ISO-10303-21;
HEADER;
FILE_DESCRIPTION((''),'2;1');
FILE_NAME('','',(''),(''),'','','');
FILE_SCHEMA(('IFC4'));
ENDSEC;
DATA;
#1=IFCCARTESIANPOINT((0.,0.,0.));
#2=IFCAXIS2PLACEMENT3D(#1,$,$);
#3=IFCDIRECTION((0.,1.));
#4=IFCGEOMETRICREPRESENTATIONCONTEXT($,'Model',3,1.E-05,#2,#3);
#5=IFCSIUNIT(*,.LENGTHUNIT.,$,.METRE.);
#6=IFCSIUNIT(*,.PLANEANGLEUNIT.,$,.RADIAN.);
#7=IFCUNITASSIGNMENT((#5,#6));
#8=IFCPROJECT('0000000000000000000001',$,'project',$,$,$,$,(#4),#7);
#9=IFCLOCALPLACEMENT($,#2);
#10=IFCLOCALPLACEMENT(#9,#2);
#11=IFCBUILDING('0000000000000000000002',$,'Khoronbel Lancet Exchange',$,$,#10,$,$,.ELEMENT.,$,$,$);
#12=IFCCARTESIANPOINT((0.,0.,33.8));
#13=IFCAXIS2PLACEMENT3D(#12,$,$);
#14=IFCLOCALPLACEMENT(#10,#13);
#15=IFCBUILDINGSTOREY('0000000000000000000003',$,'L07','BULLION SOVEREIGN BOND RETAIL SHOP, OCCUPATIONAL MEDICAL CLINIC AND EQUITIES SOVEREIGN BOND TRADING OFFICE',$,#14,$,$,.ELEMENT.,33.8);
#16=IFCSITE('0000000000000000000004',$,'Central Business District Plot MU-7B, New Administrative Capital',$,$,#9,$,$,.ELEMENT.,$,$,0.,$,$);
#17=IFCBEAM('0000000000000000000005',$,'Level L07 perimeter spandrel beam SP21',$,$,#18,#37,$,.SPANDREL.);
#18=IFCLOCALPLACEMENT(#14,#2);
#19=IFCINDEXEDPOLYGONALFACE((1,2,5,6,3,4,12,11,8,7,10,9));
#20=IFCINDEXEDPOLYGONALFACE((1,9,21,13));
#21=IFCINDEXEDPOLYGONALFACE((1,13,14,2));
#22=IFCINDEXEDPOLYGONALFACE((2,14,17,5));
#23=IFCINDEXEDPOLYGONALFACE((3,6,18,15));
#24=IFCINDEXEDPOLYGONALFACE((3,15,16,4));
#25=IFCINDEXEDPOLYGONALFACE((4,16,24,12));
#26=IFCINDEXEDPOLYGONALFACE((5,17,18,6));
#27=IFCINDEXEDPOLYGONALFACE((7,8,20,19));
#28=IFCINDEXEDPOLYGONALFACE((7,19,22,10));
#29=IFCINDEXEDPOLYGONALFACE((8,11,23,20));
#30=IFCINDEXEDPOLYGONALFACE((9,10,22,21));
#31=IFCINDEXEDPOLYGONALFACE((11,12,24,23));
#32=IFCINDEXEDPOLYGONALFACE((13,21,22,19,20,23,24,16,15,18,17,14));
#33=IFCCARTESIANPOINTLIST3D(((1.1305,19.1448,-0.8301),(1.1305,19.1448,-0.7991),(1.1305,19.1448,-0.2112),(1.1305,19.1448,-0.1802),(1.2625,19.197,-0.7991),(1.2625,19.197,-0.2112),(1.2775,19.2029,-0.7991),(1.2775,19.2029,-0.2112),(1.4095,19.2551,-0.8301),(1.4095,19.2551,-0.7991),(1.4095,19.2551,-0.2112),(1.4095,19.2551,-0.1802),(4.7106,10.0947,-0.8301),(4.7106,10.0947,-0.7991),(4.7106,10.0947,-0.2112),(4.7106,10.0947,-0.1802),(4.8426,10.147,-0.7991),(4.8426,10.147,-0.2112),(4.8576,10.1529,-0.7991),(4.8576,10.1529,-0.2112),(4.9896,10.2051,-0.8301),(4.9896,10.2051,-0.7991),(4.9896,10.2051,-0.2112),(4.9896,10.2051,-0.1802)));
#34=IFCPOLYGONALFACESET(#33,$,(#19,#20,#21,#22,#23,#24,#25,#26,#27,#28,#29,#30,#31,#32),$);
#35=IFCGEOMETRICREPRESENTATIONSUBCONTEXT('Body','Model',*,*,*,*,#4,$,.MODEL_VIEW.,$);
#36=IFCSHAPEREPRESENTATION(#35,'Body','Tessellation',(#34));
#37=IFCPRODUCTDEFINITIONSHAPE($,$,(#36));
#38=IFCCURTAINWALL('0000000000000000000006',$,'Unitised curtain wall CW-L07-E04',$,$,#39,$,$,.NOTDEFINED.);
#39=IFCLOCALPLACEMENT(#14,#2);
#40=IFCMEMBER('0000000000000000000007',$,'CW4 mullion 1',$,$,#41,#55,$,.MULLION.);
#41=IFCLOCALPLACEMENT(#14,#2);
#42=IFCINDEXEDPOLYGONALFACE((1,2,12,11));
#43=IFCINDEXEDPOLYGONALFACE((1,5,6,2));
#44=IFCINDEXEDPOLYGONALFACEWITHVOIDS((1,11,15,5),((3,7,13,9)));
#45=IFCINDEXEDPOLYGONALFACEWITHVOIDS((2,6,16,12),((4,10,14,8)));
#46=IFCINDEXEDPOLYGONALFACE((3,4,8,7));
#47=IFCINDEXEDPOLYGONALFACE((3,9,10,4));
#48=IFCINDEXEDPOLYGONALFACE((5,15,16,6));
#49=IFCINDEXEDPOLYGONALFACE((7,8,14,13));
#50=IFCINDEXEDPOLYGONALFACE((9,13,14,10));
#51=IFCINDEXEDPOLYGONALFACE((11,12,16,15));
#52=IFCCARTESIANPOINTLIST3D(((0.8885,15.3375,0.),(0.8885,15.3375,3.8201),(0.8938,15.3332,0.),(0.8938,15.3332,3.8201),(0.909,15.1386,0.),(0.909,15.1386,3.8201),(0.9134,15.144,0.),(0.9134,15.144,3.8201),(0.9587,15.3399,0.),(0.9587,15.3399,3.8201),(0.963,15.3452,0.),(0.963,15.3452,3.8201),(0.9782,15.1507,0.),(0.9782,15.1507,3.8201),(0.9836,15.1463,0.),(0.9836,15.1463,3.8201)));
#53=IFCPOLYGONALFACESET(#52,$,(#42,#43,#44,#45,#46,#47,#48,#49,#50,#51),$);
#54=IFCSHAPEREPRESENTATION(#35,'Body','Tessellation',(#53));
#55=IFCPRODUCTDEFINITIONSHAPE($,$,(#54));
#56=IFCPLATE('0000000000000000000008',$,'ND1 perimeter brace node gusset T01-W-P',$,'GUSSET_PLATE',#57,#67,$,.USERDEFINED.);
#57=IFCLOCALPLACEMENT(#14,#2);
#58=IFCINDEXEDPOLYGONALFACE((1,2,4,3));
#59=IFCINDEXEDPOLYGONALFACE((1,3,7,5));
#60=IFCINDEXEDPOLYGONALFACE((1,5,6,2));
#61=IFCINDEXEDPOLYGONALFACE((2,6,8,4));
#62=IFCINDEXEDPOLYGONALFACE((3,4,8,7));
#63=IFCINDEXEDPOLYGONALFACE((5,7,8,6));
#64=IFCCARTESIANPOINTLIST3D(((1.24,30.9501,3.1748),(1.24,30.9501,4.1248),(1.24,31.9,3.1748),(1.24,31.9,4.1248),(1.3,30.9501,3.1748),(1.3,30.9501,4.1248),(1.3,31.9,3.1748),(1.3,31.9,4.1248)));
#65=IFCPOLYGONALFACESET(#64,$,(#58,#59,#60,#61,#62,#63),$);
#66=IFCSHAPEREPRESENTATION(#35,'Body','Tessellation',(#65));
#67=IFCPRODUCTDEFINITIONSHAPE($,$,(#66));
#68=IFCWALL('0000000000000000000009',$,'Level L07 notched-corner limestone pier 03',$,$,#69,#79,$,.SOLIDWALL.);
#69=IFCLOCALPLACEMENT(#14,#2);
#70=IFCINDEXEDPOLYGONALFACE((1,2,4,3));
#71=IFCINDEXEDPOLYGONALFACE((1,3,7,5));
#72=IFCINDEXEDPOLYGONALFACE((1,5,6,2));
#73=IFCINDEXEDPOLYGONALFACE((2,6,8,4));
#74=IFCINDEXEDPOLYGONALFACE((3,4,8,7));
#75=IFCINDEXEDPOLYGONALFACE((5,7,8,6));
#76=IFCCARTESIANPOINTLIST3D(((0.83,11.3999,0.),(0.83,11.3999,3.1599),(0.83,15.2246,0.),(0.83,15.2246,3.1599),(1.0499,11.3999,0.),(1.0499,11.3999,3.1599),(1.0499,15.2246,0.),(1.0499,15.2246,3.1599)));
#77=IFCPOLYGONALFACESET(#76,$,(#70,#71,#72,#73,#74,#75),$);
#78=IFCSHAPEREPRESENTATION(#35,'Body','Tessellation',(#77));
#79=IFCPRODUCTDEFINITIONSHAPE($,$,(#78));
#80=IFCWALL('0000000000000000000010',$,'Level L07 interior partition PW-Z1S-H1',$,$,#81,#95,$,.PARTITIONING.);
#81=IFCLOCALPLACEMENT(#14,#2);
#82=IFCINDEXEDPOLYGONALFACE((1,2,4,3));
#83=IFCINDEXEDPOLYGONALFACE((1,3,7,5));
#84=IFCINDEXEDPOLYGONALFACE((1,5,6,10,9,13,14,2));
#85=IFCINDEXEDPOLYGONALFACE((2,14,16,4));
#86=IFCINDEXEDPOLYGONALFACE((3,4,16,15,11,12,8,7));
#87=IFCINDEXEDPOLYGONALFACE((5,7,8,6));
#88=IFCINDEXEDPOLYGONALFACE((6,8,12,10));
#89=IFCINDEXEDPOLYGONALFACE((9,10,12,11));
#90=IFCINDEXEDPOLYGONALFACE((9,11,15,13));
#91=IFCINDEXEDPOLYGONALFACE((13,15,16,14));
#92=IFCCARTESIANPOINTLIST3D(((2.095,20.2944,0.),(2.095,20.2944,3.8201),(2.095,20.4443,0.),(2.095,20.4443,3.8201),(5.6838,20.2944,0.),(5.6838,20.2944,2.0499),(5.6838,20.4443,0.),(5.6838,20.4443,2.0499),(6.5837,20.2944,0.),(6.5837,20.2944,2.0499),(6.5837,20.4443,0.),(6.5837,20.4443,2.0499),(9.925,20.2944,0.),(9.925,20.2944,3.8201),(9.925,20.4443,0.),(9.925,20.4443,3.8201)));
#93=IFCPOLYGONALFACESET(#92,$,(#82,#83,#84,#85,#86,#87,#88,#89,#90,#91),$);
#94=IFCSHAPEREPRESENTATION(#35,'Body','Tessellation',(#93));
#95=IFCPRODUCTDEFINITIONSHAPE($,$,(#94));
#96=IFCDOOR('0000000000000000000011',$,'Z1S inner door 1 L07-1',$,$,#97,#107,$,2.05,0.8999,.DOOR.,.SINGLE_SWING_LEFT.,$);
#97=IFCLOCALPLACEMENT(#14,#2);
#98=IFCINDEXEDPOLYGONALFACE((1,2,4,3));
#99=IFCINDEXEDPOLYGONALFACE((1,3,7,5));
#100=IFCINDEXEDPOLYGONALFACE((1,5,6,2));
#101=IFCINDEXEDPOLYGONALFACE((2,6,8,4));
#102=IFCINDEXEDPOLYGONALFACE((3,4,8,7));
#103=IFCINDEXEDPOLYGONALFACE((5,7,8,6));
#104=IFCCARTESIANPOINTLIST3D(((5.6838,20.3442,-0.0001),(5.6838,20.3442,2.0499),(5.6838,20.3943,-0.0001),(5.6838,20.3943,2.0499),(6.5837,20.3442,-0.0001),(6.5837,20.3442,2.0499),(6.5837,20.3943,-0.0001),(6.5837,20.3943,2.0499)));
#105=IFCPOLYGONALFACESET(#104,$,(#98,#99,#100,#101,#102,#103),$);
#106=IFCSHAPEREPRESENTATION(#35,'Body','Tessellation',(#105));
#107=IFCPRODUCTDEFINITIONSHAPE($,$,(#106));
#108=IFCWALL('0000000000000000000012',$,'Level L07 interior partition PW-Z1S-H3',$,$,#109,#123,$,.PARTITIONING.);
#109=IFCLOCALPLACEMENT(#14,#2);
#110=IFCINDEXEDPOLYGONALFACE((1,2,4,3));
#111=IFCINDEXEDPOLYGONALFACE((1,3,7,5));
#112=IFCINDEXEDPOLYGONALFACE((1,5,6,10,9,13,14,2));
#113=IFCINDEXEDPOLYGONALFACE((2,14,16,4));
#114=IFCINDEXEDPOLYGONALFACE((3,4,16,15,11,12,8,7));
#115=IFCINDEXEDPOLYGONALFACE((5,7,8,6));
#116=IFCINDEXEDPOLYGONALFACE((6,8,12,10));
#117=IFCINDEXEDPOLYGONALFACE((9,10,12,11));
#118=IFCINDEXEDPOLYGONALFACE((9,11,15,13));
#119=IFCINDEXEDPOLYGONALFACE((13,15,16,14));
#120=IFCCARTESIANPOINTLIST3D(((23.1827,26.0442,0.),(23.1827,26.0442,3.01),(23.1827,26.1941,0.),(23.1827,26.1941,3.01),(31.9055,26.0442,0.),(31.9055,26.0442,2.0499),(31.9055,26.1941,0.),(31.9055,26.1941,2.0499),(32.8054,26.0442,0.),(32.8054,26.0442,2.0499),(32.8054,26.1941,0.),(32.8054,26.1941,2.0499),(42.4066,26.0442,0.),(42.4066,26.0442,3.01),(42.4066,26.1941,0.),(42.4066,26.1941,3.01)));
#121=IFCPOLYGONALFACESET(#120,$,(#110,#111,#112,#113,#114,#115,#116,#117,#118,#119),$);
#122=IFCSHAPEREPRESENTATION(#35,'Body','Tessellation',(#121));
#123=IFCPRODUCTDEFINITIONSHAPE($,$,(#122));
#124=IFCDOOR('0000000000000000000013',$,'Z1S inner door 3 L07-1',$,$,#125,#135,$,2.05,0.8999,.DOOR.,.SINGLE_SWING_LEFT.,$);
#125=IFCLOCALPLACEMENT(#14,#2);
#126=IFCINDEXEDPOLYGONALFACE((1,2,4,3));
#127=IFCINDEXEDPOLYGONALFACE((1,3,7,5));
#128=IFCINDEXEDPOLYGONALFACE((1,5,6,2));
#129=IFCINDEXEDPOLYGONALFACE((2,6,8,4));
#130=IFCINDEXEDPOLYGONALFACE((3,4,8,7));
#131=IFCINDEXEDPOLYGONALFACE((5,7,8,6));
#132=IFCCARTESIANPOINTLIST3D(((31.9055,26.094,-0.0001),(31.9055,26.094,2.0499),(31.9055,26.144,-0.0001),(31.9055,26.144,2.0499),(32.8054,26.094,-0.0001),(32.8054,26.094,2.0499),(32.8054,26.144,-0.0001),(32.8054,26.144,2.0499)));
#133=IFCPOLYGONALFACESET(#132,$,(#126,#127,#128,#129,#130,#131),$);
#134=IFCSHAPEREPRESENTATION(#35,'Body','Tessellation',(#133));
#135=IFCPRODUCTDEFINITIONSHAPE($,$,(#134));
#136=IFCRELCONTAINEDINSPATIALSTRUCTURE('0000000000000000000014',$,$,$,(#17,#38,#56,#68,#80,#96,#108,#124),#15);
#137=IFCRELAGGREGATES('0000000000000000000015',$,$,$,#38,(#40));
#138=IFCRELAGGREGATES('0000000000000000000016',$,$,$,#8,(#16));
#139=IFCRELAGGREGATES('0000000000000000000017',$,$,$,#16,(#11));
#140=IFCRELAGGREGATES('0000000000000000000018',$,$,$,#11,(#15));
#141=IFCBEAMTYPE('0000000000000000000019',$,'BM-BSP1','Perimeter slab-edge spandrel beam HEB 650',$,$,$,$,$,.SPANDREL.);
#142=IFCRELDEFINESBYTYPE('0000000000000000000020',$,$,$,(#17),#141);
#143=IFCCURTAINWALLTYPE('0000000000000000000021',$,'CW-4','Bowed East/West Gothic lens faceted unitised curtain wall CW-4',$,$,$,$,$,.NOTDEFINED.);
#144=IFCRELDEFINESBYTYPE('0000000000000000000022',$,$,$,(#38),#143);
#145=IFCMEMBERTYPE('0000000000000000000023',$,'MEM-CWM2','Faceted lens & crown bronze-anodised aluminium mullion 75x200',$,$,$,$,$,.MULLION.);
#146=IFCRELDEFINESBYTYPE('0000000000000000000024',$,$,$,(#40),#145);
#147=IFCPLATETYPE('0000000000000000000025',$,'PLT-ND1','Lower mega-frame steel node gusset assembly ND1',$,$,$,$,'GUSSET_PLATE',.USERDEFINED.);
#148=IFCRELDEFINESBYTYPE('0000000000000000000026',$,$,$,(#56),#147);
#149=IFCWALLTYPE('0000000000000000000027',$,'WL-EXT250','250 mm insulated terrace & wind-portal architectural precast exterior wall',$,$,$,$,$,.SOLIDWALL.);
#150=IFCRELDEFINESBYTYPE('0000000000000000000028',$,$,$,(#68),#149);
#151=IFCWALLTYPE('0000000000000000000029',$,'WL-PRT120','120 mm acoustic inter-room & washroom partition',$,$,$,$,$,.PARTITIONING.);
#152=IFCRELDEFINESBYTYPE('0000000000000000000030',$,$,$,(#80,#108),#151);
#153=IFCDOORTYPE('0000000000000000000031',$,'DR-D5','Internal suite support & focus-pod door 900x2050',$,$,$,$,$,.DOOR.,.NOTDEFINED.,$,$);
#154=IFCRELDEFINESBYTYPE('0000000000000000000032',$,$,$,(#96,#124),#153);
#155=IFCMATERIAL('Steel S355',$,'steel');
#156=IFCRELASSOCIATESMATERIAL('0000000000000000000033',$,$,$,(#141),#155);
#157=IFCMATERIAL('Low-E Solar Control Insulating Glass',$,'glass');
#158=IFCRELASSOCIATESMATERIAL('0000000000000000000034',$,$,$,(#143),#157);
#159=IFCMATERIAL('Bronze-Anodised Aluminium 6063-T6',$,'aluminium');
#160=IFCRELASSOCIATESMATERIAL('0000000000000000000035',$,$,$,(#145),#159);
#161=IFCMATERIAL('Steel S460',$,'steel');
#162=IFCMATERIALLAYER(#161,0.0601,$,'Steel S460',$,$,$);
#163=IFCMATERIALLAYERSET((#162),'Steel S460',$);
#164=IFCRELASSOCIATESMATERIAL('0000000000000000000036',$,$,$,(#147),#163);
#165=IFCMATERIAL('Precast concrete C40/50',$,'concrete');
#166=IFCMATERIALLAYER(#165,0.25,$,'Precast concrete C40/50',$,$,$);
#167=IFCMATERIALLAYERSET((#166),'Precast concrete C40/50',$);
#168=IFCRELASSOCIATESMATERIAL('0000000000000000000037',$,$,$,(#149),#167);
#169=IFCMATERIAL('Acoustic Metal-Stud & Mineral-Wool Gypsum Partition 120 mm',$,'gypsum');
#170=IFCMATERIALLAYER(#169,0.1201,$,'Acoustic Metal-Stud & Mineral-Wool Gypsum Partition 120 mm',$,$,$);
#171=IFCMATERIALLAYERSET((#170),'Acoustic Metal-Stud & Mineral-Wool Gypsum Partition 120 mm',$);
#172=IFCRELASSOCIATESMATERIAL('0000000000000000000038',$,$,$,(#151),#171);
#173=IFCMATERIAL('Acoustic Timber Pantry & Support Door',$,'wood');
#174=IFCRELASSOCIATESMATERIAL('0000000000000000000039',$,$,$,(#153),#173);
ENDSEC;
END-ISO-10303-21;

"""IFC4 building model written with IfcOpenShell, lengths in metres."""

from ifc_helpers import new_model, si_unit, direction, frame, frame_2d, origin, origin_2d, place, context, subcontext, project, spatial, rectangle, hollow_rectangle, i_section, extrude, material, layer, layer_set, material_profile, profile_set, type_object, element, fill, aggregate, save


model = new_model("IFC4")

# Units and contexts
model_context = context("Model", 3, precision=1e-05, world=origin(), true_north=direction((0.0, 1.0)))
body_context = subcontext(model_context, "Body", "Model", "MODEL_VIEW")
ifc_project = project(units=[si_unit("LENGTHUNIT", "METRE"), si_unit("PLANEANGLEUNIT", "RADIAN")], contexts=[model_context])

# Site, building, storey
site_placement = place(None, origin())
site = spatial("IfcSite", under=ifc_project, at=site_placement, Name="Central Business District Plot MU-7B, New Administrative Capital", CompositionType="ELEMENT", RefElevation=0.0)
building_placement = place(site_placement, origin())
building = spatial("IfcBuilding", under=site, at=building_placement, Name="Khoronbel Lancet Exchange", CompositionType="ELEMENT")
storey_placement = place(building_placement, frame((0.0, 0.0, 33.8)))
storey = spatial("IfcBuildingStorey", under=building, at=storey_placement, Name="L07", Description="BULLION SOVEREIGN BOND RETAIL SHOP, OCCUPATIONAL MEDICAL CLINIC AND EQUITIES SOVEREIGN BOND TRADING OFFICE", CompositionType="ELEMENT", Elevation=33.8)

# Shared definitions
ifc_material_1 = material(Name="Steel S355", Category="steel")

# Beam
ifc_material_profile_1 = material_profile(ifc_material_1, i_section(OverallWidth=0.3, OverallDepth=0.6499, WebThickness=0.0161, FlangeThickness=0.031, at=origin_2d()), Name="HEB 650")
ifc_profile_set_1 = profile_set([ifc_material_profile_1], Name="Steel S355")
beam_type_1 = type_object("IfcBeamType", Name="BM-BSP1", Description="Perimeter slab-edge spandrel beam HEB 650", PredefinedType="SPANDREL", material=ifc_profile_set_1)
beam_1_placement = place(storey_placement, frame((1.27, 19.2, -0.5051), z_axis=(0.36785, -0.929885, 0.0), x_axis=(0.929885, 0.36785, 0.0)))
element("IfcBeam", 1, at=beam_1_placement, inside=storey, type_object=beam_type_1, Name="Level L07 perimeter spandrel beam SP21", PredefinedType="SPANDREL", context=body_context, shape_type="SweptSolid", body=[
    extrude(i_section(OverallWidth=0.3, OverallDepth=0.6499, WebThickness=0.0161, FlangeThickness=0.031, at=origin_2d()), origin(), (0.0, 0.0, 1.0), 9.7324),
])

# Curtain wall, member
ifc_material_2 = material(Name="Low-E Solar Control Insulating Glass", Category="glass")
curtain_wall_type = type_object("IfcCurtainWallType", Name="CW-4", Description="Bowed East/West Gothic lens faceted unitised curtain wall CW-4", PredefinedType="NOTDEFINED", material=ifc_material_2)
curtain_wall_placement = place(storey_placement, origin())
curtain_wall = element("IfcCurtainWall", 2, at=curtain_wall_placement, inside=storey, type_object=curtain_wall_type, Name="Unitised curtain wall CW-L07-E04", PredefinedType="NOTDEFINED")
ifc_material_3 = material(Name="Bronze-Anodised Aluminium 6063-T6", Category="aluminium")
ifc_material_profile_2 = material_profile(ifc_material_3, hollow_rectangle(XDim=0.075, YDim=0.2, WallThickness=0.0049, at=origin_2d()), Name="ALU MULLION 75x200")
ifc_profile_set_2 = profile_set([ifc_material_profile_2], Name="Bronze-Anodised Aluminium 6063-T6")
member_type = type_object("IfcMemberType", Name="MEM-CWM2", Description="Faceted lens & crown bronze-anodised aluminium mullion 75x200", PredefinedType="MULLION", material=ifc_profile_set_2)
member_placement = place(storey_placement, frame((0.936, 15.2419, 0.0), z_axis=(0.0, 0.0, 1.0), x_axis=(-0.99471, -0.102723, 0.0)))
member = element("IfcMember", 3, at=member_placement, type_object=member_type, Name="CW4 mullion 1", PredefinedType="MULLION", context=body_context, shape_type="SweptSolid", body=[
    extrude(hollow_rectangle(XDim=0.075, YDim=0.2, WallThickness=0.0049, at=origin_2d()), origin(), (0.0, 0.0, 1.0), 3.8201),
])
aggregate(curtain_wall, [member])

# Plate
ifc_material_4 = material(Name="Steel S460", Category="steel")
ifc_layer_1 = layer(ifc_material_4, 0.0601, Name="Steel S460")
ifc_layer_set_1 = layer_set([ifc_layer_1], Name="Steel S460")
plate_type = type_object("IfcPlateType", Name="PLT-ND1", Description="Lower mega-frame steel node gusset assembly ND1", ElementType="GUSSET_PLATE", PredefinedType="USERDEFINED", material=ifc_layer_set_1)
plate_placement = place(storey_placement, frame((1.27, 31.425, 3.1748), z_axis=(0.0, 0.0, 1.0), x_axis=(0.0, 1.0, 0.0)))
element("IfcPlate", 4, at=plate_placement, inside=storey, type_object=plate_type, Name="ND1 perimeter brace node gusset T01-W-P", ObjectType="GUSSET_PLATE", PredefinedType="USERDEFINED", context=body_context, shape_type="SweptSolid", body=[
    extrude(rectangle(XDim=0.95, YDim=0.0601, at=origin_2d()), origin(), (0.0, 0.0, 1.0), 0.95),
])

# Wall
ifc_material_5 = material(Name="Precast concrete C40/50", Category="concrete")
ifc_layer_2 = layer(ifc_material_5, 0.25, Name="Precast concrete C40/50")
ifc_layer_set_2 = layer_set([ifc_layer_2], Name="Precast concrete C40/50")
wall_type_1 = type_object("IfcWallType", Name="WL-EXT250", Description="250 mm insulated terrace & wind-portal architectural precast exterior wall", PredefinedType="SOLIDWALL", material=ifc_layer_set_2)
wall_1_placement = place(storey_placement, frame((0.9399, 11.3999, 0.0), z_axis=(0.0, 0.0, 1.0), x_axis=(0.0, 1.0, 0.0)))
element("IfcWall", 5, at=wall_1_placement, inside=storey, type_object=wall_type_1, Name="Level L07 notched-corner limestone pier 03", PredefinedType="SOLIDWALL", context=body_context, shape_type="SweptSolid", body=[
    extrude(rectangle(XDim=3.8247, YDim=0.22, at=frame_2d((1.9124, 0.0))), origin(), (0.0, 0.0, 1.0), 3.1599),
])

# Walls, openings, doors
ifc_material_6 = material(Name="Acoustic Metal-Stud & Mineral-Wool Gypsum Partition 120 mm", Category="gypsum")
ifc_layer_3 = layer(ifc_material_6, 0.1201, Name="Acoustic Metal-Stud & Mineral-Wool Gypsum Partition 120 mm")
ifc_layer_set_3 = layer_set([ifc_layer_3], Name="Acoustic Metal-Stud & Mineral-Wool Gypsum Partition 120 mm")
wall_type_2 = type_object("IfcWallType", Name="WL-PRT120", Description="120 mm acoustic inter-room & washroom partition", PredefinedType="PARTITIONING", material=ifc_layer_set_3)
wall_2_placement = place(storey_placement, frame((2.095, 20.3694, 0.0), z_axis=(0.0, 0.0, 1.0), x_axis=(1.0, 0.0, 0.0)))
wall_2 = element("IfcWall", 6, at=wall_2_placement, inside=storey, type_object=wall_type_2, Name="Level L07 interior partition PW-Z1S-H1", PredefinedType="PARTITIONING", context=body_context, shape_type="SweptSolid", body=[
    extrude(rectangle(XDim=7.8301, YDim=0.1499, at=frame_2d((3.915, 0.0))), origin(), (0.0, 0.0, 1.0), 3.8201),
])
opening_1_placement = place(wall_2_placement, frame((3.5889, 0.0, 0.0)))
opening_1 = element("IfcOpeningElement", 7, at=opening_1_placement, cuts=wall_2, PredefinedType="OPENING", context=body_context, shape_type="SweptSolid", body=[
    extrude(rectangle(XDim=0.8999, YDim=2.05, at=frame_2d((0.45, 1.0249))), frame((0.0, 0.085, 0.0), z_axis=(0.0, -1.0, 0.0), x_axis=(1.0, 0.0, 0.0)), (0.0, 0.0, 1.0), 0.1699),
])
ifc_material_7 = material(Name="Acoustic Timber Pantry & Support Door", Category="wood")
door_type = type_object("IfcDoorType", Name="DR-D5", Description="Internal suite support & focus-pod door 900x2050", OperationType="NOTDEFINED", PredefinedType="DOOR", material=ifc_material_7)
door_1_placement = place(opening_1_placement, origin())
door_1 = element("IfcDoor", 8, at=door_1_placement, inside=storey, type_object=door_type, Name="Z1S inner door 1 L07-1", OperationType="SINGLE_SWING_LEFT", OverallHeight=2.05, OverallWidth=0.8999, PredefinedType="DOOR", context=body_context, shape_type="SweptSolid", body=[
    extrude(rectangle(XDim=0.8999, YDim=2.05, at=frame_2d((0.45, 1.0249))), frame((0.0, 0.0249, 0.0), z_axis=(0.0, -1.0, 0.0), x_axis=(1.0, 0.0, 0.0)), (0.0, 0.0, 1.0), 0.05),
])
fill(opening_1, door_1)
wall_3_placement = place(storey_placement, frame((23.1829, 26.1191, 0.0), z_axis=(0.0, 0.0, 1.0), x_axis=(1.0, 0.0, 0.0)))
wall_3 = element("IfcWall", 9, at=wall_3_placement, inside=storey, type_object=wall_type_2, Name="Level L07 interior partition PW-Z1S-H3", PredefinedType="PARTITIONING", context=body_context, shape_type="SweptSolid", body=[
    extrude(rectangle(XDim=19.2239, YDim=0.1499, at=frame_2d((9.6118, 0.0))), origin(), (0.0, 0.0, 1.0), 3.01),
])
opening_2_placement = place(wall_3_placement, frame((8.7227, 0.0, 0.0)))
opening_2 = element("IfcOpeningElement", 10, at=opening_2_placement, cuts=wall_3, PredefinedType="OPENING", context=body_context, shape_type="SweptSolid", body=[
    extrude(rectangle(XDim=0.8999, YDim=2.05, at=frame_2d((0.45, 1.0249))), frame((0.0, 0.085, 0.0), z_axis=(0.0, -1.0, 0.0), x_axis=(1.0, 0.0, 0.0)), (0.0, 0.0, 1.0), 0.1699),
])
door_2_placement = place(opening_2_placement, origin())
door_2 = element("IfcDoor", 11, at=door_2_placement, inside=storey, type_object=door_type, Name="Z1S inner door 3 L07-1", OperationType="SINGLE_SWING_LEFT", OverallHeight=2.05, OverallWidth=0.8999, PredefinedType="DOOR", context=body_context, shape_type="SweptSolid", body=[
    extrude(rectangle(XDim=0.8999, YDim=2.05, at=frame_2d((0.45, 1.0249))), frame((0.0, 0.0249, 0.0), z_axis=(0.0, -1.0, 0.0), x_axis=(1.0, 0.0, 0.0)), (0.0, 0.0, 1.0), 0.05),
])
fill(opening_2, door_2)

save(model, "model.ifc")
